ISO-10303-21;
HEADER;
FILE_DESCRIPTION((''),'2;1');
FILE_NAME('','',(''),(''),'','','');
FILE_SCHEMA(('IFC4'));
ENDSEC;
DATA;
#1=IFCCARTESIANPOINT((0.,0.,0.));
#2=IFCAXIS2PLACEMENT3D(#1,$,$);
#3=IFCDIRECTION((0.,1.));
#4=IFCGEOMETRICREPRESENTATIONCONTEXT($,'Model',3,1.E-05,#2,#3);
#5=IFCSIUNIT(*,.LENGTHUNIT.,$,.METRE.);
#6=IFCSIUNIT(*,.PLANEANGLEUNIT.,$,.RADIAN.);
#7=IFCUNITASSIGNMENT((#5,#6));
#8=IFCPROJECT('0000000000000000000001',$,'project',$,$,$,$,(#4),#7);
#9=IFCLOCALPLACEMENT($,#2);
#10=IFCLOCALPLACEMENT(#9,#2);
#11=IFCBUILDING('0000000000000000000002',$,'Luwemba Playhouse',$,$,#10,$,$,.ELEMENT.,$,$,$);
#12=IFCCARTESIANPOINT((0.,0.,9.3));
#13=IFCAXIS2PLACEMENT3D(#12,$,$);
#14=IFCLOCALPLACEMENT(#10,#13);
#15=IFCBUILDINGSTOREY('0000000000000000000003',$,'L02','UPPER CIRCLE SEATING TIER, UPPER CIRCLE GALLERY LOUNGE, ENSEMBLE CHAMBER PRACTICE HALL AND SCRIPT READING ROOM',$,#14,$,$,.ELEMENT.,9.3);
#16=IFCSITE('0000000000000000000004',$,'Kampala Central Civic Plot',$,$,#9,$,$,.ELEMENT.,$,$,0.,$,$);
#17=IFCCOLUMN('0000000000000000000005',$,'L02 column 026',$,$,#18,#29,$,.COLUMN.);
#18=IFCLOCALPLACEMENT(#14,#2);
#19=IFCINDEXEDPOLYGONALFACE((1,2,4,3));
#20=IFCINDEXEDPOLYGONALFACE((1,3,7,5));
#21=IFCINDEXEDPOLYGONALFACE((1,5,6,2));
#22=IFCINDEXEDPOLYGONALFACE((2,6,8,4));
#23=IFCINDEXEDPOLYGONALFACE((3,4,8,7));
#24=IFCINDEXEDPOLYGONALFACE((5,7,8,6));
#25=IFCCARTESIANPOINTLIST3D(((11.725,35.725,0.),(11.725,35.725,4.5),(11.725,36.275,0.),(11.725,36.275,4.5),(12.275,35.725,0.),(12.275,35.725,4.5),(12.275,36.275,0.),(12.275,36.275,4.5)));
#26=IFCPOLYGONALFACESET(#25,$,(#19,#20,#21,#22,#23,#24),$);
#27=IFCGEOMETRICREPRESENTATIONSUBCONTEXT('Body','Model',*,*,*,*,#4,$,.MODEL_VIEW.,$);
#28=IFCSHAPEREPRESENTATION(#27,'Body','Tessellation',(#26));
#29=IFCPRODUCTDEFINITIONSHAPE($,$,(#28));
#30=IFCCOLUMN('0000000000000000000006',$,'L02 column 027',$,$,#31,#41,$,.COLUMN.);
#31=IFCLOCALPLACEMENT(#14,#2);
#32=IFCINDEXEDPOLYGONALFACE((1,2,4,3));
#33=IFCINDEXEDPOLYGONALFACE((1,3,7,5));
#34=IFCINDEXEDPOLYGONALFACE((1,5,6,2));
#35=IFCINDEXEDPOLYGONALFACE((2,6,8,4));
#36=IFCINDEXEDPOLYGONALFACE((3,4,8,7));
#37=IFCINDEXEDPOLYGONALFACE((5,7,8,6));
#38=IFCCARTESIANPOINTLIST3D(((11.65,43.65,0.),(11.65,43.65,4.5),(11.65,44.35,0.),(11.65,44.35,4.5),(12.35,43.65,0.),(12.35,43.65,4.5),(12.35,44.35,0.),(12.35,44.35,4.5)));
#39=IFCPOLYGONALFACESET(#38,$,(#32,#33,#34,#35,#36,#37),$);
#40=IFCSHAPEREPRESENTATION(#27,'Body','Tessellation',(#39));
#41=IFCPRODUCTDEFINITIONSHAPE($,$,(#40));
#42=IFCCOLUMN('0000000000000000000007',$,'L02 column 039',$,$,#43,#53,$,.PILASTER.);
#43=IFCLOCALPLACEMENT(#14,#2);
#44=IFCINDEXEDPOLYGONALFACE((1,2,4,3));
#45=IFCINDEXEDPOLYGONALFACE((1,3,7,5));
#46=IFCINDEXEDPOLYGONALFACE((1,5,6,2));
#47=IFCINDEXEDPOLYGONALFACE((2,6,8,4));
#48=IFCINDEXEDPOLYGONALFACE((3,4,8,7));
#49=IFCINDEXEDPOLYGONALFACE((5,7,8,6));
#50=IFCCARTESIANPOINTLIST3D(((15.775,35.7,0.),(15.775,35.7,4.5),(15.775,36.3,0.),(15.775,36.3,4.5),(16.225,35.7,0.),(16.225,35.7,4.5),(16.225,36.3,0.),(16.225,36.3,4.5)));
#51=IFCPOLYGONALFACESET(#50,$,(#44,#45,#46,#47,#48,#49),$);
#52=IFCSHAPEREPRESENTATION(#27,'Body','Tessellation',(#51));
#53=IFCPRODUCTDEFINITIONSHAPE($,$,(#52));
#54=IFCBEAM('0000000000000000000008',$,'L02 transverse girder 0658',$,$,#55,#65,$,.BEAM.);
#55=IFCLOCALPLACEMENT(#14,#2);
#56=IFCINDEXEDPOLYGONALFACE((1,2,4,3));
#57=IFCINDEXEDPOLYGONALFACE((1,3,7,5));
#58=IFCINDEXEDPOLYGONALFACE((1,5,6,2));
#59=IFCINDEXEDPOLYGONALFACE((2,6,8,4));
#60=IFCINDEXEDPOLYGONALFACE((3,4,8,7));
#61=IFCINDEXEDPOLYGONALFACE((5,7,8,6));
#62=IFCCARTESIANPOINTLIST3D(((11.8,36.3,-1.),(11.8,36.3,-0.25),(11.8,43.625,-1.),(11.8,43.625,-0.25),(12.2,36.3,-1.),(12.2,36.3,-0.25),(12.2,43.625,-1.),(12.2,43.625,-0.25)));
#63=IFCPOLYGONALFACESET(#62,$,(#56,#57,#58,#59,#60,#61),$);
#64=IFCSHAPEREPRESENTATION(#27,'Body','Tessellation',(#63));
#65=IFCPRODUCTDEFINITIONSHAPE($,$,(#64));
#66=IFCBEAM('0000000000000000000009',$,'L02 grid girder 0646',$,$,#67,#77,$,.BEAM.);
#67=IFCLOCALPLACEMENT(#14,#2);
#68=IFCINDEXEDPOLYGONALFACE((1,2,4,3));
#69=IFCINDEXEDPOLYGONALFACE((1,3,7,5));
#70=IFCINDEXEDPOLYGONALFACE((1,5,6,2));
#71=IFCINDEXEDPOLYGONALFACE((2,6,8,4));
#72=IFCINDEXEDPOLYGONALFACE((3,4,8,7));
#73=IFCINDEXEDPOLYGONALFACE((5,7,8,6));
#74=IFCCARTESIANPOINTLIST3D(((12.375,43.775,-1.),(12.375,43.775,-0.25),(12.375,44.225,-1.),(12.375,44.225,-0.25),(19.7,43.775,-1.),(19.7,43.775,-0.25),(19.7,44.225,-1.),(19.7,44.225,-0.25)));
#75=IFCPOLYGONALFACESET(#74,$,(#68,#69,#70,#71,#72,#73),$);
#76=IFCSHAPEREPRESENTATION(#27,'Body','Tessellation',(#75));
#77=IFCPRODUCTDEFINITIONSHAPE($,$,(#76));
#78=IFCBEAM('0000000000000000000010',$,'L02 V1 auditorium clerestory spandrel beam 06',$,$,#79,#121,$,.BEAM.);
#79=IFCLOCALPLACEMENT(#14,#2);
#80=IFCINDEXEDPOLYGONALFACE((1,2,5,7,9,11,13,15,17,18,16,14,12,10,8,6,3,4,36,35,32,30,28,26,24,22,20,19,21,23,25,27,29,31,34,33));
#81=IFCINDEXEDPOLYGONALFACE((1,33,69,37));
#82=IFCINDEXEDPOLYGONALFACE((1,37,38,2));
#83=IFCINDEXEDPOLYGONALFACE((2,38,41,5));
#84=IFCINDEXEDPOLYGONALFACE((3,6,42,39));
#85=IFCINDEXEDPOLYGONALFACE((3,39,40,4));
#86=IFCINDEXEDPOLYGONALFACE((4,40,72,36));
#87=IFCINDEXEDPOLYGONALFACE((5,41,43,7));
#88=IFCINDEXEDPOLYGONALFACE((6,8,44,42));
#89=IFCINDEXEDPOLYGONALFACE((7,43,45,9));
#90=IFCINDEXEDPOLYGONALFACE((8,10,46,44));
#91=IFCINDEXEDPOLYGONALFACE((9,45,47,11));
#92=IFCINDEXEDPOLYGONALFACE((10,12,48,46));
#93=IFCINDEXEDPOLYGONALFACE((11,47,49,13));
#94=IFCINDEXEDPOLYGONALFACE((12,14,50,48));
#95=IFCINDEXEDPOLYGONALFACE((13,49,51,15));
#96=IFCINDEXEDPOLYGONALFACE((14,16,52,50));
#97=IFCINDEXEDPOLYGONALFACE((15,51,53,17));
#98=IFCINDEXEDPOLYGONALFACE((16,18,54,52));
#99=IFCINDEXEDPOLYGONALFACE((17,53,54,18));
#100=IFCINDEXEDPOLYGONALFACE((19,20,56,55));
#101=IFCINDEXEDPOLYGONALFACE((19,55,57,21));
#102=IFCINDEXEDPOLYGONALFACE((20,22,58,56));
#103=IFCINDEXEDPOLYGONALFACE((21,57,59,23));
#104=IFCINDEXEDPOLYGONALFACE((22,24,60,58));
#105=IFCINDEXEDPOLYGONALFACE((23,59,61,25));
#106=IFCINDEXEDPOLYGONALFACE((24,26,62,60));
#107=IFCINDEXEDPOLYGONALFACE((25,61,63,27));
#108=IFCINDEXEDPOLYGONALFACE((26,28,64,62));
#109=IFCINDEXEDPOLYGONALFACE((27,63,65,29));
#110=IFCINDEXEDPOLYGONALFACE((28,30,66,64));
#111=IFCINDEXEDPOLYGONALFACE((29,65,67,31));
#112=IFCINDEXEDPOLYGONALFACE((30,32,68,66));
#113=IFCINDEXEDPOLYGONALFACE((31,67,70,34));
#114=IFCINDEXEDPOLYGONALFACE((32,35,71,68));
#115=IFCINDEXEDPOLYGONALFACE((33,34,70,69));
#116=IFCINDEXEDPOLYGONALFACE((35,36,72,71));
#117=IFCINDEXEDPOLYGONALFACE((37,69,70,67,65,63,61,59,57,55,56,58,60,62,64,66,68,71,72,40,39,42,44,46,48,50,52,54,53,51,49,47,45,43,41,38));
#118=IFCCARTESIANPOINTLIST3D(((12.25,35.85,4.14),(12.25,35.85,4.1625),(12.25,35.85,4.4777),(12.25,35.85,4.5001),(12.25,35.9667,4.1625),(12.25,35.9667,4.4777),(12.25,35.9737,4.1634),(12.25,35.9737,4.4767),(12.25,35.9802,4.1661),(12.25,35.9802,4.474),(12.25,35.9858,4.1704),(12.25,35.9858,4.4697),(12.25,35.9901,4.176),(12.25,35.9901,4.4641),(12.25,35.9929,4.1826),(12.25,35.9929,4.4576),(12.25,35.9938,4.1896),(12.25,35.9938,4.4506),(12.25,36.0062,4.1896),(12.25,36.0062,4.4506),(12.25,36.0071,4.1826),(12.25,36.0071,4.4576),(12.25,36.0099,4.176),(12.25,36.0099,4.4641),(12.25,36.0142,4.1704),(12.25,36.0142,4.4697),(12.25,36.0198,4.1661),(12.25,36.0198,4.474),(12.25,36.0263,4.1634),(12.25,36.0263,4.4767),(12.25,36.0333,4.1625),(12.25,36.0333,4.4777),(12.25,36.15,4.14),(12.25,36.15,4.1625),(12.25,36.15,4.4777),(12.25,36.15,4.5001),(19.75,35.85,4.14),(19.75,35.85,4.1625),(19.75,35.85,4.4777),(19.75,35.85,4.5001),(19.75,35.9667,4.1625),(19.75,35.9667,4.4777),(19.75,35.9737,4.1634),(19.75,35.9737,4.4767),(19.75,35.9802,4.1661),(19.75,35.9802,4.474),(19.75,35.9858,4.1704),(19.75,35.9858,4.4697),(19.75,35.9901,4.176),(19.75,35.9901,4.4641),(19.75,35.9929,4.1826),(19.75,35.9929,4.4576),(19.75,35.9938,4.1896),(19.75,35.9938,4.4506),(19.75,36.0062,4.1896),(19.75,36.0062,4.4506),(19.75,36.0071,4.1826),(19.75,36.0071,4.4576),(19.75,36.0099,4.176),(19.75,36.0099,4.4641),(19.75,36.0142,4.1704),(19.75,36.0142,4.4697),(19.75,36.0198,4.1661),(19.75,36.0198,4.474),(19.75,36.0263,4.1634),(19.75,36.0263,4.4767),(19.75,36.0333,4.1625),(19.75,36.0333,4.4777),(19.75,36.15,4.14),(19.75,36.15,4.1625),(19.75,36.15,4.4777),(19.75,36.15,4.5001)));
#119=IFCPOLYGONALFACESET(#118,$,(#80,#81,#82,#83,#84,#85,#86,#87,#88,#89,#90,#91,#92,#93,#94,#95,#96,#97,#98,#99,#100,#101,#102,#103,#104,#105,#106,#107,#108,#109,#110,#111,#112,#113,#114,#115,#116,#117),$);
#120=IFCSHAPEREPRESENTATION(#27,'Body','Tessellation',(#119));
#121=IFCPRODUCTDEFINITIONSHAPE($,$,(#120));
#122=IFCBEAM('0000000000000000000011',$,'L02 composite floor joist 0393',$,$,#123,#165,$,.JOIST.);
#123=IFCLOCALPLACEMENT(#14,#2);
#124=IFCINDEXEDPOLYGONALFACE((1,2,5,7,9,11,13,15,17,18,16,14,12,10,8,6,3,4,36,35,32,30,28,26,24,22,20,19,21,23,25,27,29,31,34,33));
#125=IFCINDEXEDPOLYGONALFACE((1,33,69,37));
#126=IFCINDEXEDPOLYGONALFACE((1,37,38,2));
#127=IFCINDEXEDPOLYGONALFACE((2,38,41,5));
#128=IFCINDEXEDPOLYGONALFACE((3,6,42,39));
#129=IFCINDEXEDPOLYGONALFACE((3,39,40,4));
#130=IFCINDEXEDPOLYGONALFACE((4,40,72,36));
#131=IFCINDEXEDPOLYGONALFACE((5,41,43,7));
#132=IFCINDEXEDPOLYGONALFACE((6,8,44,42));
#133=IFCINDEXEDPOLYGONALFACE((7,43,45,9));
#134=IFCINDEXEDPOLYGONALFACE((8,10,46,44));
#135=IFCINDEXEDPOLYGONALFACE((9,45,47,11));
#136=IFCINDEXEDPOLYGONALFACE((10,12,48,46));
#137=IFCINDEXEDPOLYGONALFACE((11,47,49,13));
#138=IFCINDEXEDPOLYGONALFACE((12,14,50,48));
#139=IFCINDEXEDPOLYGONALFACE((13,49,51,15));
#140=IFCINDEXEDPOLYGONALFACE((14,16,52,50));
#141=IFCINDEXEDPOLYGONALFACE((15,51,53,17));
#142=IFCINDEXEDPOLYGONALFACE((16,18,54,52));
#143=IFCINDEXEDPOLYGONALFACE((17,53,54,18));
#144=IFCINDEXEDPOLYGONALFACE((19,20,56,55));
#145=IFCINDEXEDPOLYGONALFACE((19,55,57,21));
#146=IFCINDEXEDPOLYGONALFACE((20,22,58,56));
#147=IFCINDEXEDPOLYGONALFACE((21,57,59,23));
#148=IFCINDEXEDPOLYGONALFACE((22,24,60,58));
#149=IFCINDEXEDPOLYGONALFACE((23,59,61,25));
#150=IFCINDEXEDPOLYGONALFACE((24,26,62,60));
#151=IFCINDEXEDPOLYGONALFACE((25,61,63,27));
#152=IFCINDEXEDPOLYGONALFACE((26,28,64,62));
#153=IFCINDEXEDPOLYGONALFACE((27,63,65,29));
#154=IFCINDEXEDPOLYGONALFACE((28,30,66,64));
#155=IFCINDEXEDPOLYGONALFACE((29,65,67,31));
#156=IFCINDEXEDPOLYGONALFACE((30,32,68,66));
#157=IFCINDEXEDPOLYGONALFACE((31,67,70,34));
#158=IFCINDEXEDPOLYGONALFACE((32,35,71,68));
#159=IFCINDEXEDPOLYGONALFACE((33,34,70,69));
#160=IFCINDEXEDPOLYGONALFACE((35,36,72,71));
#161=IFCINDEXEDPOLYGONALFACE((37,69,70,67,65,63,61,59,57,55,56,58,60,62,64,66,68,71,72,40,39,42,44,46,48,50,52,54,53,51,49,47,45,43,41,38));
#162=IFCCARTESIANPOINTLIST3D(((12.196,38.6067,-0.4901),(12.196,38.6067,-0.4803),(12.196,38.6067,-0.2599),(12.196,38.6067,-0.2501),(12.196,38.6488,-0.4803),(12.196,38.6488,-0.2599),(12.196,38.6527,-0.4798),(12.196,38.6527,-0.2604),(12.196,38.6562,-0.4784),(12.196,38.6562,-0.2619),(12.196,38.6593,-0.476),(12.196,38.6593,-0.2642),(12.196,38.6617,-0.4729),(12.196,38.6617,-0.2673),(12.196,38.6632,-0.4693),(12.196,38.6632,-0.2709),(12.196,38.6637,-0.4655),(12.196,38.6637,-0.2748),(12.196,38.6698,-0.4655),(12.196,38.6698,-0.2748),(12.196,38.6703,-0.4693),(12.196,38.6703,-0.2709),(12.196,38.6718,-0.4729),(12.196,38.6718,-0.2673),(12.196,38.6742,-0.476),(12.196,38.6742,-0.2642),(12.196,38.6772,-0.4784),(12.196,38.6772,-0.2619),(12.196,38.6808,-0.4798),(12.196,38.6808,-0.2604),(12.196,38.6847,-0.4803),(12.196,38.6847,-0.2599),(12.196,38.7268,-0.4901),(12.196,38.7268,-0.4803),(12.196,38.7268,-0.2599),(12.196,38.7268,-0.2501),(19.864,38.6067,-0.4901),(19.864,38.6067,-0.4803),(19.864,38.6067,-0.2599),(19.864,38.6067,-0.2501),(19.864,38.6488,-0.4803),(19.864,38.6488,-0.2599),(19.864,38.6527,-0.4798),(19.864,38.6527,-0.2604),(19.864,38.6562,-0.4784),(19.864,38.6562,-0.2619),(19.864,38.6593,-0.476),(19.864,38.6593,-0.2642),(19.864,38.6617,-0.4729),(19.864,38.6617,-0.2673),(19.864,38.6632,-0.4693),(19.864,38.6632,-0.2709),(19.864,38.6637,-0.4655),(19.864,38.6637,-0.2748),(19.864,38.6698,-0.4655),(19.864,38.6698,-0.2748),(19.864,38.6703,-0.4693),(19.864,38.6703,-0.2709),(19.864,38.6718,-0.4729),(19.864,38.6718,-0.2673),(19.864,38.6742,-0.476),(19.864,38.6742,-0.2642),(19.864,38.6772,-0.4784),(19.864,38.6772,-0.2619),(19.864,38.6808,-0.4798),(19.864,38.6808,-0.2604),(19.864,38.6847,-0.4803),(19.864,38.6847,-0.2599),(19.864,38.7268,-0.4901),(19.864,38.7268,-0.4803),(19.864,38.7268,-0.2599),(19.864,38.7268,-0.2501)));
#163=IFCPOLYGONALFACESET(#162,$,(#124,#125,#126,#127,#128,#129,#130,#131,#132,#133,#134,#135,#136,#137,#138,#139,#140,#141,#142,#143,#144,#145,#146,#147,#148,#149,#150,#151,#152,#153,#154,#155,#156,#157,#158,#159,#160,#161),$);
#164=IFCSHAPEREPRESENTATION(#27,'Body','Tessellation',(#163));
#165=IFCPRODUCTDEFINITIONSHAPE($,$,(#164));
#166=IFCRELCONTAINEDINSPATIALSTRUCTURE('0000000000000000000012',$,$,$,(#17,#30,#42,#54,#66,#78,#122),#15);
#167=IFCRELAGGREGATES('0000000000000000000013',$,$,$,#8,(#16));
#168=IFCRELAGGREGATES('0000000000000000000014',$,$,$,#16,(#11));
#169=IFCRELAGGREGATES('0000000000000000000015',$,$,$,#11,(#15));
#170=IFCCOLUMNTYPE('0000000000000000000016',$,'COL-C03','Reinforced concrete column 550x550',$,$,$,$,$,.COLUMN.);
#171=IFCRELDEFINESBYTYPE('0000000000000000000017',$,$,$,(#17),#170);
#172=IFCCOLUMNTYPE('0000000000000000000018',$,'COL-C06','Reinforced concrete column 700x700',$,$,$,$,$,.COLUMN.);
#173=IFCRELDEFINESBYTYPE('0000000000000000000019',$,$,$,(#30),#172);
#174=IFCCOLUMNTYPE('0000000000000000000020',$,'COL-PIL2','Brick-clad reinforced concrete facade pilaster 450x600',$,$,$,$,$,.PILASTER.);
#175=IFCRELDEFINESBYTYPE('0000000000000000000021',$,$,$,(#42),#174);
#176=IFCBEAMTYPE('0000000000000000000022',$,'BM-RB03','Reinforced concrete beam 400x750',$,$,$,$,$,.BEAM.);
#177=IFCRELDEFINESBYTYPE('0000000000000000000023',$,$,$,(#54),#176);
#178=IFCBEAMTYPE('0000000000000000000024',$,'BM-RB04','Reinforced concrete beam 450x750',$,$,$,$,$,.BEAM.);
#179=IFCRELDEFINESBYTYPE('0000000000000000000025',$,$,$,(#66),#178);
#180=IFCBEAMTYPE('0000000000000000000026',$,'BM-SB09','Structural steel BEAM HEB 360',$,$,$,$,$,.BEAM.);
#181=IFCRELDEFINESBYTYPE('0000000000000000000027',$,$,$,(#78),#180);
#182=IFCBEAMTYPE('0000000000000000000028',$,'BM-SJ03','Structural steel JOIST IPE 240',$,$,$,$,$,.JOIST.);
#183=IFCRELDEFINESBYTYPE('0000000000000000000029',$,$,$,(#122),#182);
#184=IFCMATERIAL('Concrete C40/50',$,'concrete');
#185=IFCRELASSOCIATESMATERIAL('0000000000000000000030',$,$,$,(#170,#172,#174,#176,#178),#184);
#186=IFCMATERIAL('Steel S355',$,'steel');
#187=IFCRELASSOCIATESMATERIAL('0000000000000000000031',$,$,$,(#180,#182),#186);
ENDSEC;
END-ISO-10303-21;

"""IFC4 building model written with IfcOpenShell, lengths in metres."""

from ifc_helpers import new_model, si_unit, direction, frame, origin, origin_2d, place, context, subcontext, project, spatial, rectangle, i_section, extrude, material, material_profile, profile_set, type_object, element, save


model = new_model("IFC4")

# Units and contexts
model_context = context("Model", 3, precision=1e-05, world=origin(), true_north=direction((0.0, 1.0)))
body_context = subcontext(model_context, "Body", "Model", "MODEL_VIEW")
ifc_project = project(units=[si_unit("LENGTHUNIT", "METRE"), si_unit("PLANEANGLEUNIT", "RADIAN")], contexts=[model_context])

# Site, building, storey
site_placement = place(None, origin())
site = spatial("IfcSite", under=ifc_project, at=site_placement, Name="Kampala Central Civic Plot", CompositionType="ELEMENT", RefElevation=0.0)
building_placement = place(site_placement, origin())
building = spatial("IfcBuilding", under=site, at=building_placement, Name="Luwemba Playhouse", CompositionType="ELEMENT")
storey_placement = place(building_placement, frame((0.0, 0.0, 9.3)))
storey = spatial("IfcBuildingStorey", under=building, at=storey_placement, Name="L02", Description="UPPER CIRCLE SEATING TIER, UPPER CIRCLE GALLERY LOUNGE, ENSEMBLE CHAMBER PRACTICE HALL AND SCRIPT READING ROOM", CompositionType="ELEMENT", Elevation=9.3)

# Columns
ifc_material_1 = material(Name="Concrete C40/50", Category="concrete")
ifc_material_profile_1 = material_profile(ifc_material_1, rectangle(XDim=0.55, YDim=0.55, at=origin_2d()))
ifc_profile_set_1 = profile_set([ifc_material_profile_1], Name="Concrete C40/50")
column_type_1 = type_object("IfcColumnType", Name="COL-C03", Description="Reinforced concrete column 550x550", PredefinedType="COLUMN", material=ifc_profile_set_1)
column_1_placement = place(storey_placement, frame((12.0, 36.0, 0.0), z_axis=(0.0, 0.0, 1.0), x_axis=(1.0, 0.0, 0.0)))
element("IfcColumn", 1, at=column_1_placement, inside=storey, type_object=column_type_1, Name="L02 column 026", PredefinedType="COLUMN", context=body_context, shape_type="SweptSolid", body=[
    extrude(rectangle(XDim=0.55, YDim=0.55, at=origin_2d()), origin(), (0.0, 0.0, 1.0), 4.5),
])
ifc_material_profile_2 = material_profile(ifc_material_1, rectangle(XDim=0.7, YDim=0.7, at=origin_2d()))
ifc_profile_set_2 = profile_set([ifc_material_profile_2], Name="Concrete C40/50")
column_type_2 = type_object("IfcColumnType", Name="COL-C06", Description="Reinforced concrete column 700x700", PredefinedType="COLUMN", material=ifc_profile_set_2)
column_2_placement = place(storey_placement, frame((12.0, 44.0, 0.0), z_axis=(0.0, 0.0, 1.0), x_axis=(1.0, 0.0, 0.0)))
element("IfcColumn", 2, at=column_2_placement, inside=storey, type_object=column_type_2, Name="L02 column 027", PredefinedType="COLUMN", context=body_context, shape_type="SweptSolid", body=[
    extrude(rectangle(XDim=0.7, YDim=0.7, at=origin_2d()), origin(), (0.0, 0.0, 1.0), 4.5),
])
ifc_material_profile_3 = material_profile(ifc_material_1, rectangle(XDim=0.45, YDim=0.6001, at=origin_2d()))
ifc_profile_set_3 = profile_set([ifc_material_profile_3], Name="Concrete C40/50")
column_type_3 = type_object("IfcColumnType", Name="COL-PIL2", Description="Brick-clad reinforced concrete facade pilaster 450x600", PredefinedType="PILASTER", material=ifc_profile_set_3)
column_3_placement = place(storey_placement, frame((16.0, 36.0, 0.0), z_axis=(0.0, 0.0, 1.0), x_axis=(1.0, 0.0, 0.0)))
element("IfcColumn", 3, at=column_3_placement, inside=storey, type_object=column_type_3, Name="L02 column 039", PredefinedType="PILASTER", context=body_context, shape_type="SweptSolid", body=[
    extrude(rectangle(XDim=0.45, YDim=0.6001, at=origin_2d()), origin(), (0.0, 0.0, 1.0), 4.5),
])

# Beams
ifc_material_profile_4 = material_profile(ifc_material_1, rectangle(XDim=0.3999, YDim=0.75, at=origin_2d()))
ifc_profile_set_4 = profile_set([ifc_material_profile_4], Name="Concrete C40/50")
beam_type_1 = type_object("IfcBeamType", Name="BM-RB03", Description="Reinforced concrete beam 400x750", PredefinedType="BEAM", material=ifc_profile_set_4)
beam_1_placement = place(storey_placement, frame((12.0, 36.3, -0.625), z_axis=(0.0, 1.0, 0.0), x_axis=(-1.0, 0.0, 0.0)))
element("IfcBeam", 4, at=beam_1_placement, inside=storey, type_object=beam_type_1, Name="L02 transverse girder 0658", PredefinedType="BEAM", context=body_context, shape_type="SweptSolid", body=[
    extrude(rectangle(XDim=0.3999, YDim=0.75, at=origin_2d()), origin(), (0.0, 0.0, 1.0), 7.325),
])
ifc_material_profile_5 = material_profile(ifc_material_1, rectangle(XDim=0.45, YDim=0.75, at=origin_2d()))
ifc_profile_set_5 = profile_set([ifc_material_profile_5], Name="Concrete C40/50")
beam_type_2 = type_object("IfcBeamType", Name="BM-RB04", Description="Reinforced concrete beam 450x750", PredefinedType="BEAM", material=ifc_profile_set_5)
beam_2_placement = place(storey_placement, frame((12.375, 44.0, -0.625), z_axis=(1.0, 0.0, 0.0), x_axis=(0.0, 1.0, 0.0)))
element("IfcBeam", 5, at=beam_2_placement, inside=storey, type_object=beam_type_2, Name="L02 grid girder 0646", PredefinedType="BEAM", context=body_context, shape_type="SweptSolid", body=[
    extrude(rectangle(XDim=0.45, YDim=0.75, at=origin_2d()), origin(), (0.0, 0.0, 1.0), 7.325),
])
ifc_material_2 = material(Name="Steel S355", Category="steel")
ifc_material_profile_6 = material_profile(ifc_material_2, i_section(OverallWidth=0.3, OverallDepth=0.3601, WebThickness=0.0125, FlangeThickness=0.0225, FilletRadius=0.0271, at=origin_2d()))
ifc_profile_set_6 = profile_set([ifc_material_profile_6], Name="Steel S355")
beam_type_3 = type_object("IfcBeamType", Name="BM-SB09", Description="Structural steel BEAM HEB 360", PredefinedType="BEAM", material=ifc_profile_set_6)
beam_3_placement = place(storey_placement, frame((12.25, 36.0, 4.3201), z_axis=(1.0, 0.0, 0.0), x_axis=(0.0, 1.0, 0.0)))
element("IfcBeam", 6, at=beam_3_placement, inside=storey, type_object=beam_type_3, Name="L02 V1 auditorium clerestory spandrel beam 06", PredefinedType="BEAM", context=body_context, shape_type="SweptSolid", body=[
    extrude(i_section(OverallWidth=0.3, OverallDepth=0.3601, WebThickness=0.0125, FlangeThickness=0.0225, FilletRadius=0.0271, at=origin_2d()), origin(), (0.0, 0.0, 1.0), 7.5),
])
ifc_material_profile_7 = material_profile(ifc_material_2, i_section(OverallWidth=0.1201, OverallDepth=0.24, WebThickness=0.0061, FlangeThickness=0.0098, FilletRadius=0.0149, at=origin_2d()))
ifc_profile_set_7 = profile_set([ifc_material_profile_7], Name="Steel S355")
beam_type_4 = type_object("IfcBeamType", Name="BM-SJ03", Description="Structural steel JOIST IPE 240", PredefinedType="JOIST", material=ifc_profile_set_7)
beam_4_placement = place(storey_placement, frame((12.196, 38.6667, -0.3701), z_axis=(1.0, 0.0, 0.0), x_axis=(0.0, 1.0, 0.0)))
element("IfcBeam", 7, at=beam_4_placement, inside=storey, type_object=beam_type_4, Name="L02 composite floor joist 0393", PredefinedType="JOIST", context=body_context, shape_type="SweptSolid", body=[
    extrude(i_section(OverallWidth=0.1201, OverallDepth=0.24, WebThickness=0.0061, FlangeThickness=0.0098, FilletRadius=0.0149, at=origin_2d()), origin(), (0.0, 0.0, 1.0), 7.668),
])

save(model, "model.ifc")
